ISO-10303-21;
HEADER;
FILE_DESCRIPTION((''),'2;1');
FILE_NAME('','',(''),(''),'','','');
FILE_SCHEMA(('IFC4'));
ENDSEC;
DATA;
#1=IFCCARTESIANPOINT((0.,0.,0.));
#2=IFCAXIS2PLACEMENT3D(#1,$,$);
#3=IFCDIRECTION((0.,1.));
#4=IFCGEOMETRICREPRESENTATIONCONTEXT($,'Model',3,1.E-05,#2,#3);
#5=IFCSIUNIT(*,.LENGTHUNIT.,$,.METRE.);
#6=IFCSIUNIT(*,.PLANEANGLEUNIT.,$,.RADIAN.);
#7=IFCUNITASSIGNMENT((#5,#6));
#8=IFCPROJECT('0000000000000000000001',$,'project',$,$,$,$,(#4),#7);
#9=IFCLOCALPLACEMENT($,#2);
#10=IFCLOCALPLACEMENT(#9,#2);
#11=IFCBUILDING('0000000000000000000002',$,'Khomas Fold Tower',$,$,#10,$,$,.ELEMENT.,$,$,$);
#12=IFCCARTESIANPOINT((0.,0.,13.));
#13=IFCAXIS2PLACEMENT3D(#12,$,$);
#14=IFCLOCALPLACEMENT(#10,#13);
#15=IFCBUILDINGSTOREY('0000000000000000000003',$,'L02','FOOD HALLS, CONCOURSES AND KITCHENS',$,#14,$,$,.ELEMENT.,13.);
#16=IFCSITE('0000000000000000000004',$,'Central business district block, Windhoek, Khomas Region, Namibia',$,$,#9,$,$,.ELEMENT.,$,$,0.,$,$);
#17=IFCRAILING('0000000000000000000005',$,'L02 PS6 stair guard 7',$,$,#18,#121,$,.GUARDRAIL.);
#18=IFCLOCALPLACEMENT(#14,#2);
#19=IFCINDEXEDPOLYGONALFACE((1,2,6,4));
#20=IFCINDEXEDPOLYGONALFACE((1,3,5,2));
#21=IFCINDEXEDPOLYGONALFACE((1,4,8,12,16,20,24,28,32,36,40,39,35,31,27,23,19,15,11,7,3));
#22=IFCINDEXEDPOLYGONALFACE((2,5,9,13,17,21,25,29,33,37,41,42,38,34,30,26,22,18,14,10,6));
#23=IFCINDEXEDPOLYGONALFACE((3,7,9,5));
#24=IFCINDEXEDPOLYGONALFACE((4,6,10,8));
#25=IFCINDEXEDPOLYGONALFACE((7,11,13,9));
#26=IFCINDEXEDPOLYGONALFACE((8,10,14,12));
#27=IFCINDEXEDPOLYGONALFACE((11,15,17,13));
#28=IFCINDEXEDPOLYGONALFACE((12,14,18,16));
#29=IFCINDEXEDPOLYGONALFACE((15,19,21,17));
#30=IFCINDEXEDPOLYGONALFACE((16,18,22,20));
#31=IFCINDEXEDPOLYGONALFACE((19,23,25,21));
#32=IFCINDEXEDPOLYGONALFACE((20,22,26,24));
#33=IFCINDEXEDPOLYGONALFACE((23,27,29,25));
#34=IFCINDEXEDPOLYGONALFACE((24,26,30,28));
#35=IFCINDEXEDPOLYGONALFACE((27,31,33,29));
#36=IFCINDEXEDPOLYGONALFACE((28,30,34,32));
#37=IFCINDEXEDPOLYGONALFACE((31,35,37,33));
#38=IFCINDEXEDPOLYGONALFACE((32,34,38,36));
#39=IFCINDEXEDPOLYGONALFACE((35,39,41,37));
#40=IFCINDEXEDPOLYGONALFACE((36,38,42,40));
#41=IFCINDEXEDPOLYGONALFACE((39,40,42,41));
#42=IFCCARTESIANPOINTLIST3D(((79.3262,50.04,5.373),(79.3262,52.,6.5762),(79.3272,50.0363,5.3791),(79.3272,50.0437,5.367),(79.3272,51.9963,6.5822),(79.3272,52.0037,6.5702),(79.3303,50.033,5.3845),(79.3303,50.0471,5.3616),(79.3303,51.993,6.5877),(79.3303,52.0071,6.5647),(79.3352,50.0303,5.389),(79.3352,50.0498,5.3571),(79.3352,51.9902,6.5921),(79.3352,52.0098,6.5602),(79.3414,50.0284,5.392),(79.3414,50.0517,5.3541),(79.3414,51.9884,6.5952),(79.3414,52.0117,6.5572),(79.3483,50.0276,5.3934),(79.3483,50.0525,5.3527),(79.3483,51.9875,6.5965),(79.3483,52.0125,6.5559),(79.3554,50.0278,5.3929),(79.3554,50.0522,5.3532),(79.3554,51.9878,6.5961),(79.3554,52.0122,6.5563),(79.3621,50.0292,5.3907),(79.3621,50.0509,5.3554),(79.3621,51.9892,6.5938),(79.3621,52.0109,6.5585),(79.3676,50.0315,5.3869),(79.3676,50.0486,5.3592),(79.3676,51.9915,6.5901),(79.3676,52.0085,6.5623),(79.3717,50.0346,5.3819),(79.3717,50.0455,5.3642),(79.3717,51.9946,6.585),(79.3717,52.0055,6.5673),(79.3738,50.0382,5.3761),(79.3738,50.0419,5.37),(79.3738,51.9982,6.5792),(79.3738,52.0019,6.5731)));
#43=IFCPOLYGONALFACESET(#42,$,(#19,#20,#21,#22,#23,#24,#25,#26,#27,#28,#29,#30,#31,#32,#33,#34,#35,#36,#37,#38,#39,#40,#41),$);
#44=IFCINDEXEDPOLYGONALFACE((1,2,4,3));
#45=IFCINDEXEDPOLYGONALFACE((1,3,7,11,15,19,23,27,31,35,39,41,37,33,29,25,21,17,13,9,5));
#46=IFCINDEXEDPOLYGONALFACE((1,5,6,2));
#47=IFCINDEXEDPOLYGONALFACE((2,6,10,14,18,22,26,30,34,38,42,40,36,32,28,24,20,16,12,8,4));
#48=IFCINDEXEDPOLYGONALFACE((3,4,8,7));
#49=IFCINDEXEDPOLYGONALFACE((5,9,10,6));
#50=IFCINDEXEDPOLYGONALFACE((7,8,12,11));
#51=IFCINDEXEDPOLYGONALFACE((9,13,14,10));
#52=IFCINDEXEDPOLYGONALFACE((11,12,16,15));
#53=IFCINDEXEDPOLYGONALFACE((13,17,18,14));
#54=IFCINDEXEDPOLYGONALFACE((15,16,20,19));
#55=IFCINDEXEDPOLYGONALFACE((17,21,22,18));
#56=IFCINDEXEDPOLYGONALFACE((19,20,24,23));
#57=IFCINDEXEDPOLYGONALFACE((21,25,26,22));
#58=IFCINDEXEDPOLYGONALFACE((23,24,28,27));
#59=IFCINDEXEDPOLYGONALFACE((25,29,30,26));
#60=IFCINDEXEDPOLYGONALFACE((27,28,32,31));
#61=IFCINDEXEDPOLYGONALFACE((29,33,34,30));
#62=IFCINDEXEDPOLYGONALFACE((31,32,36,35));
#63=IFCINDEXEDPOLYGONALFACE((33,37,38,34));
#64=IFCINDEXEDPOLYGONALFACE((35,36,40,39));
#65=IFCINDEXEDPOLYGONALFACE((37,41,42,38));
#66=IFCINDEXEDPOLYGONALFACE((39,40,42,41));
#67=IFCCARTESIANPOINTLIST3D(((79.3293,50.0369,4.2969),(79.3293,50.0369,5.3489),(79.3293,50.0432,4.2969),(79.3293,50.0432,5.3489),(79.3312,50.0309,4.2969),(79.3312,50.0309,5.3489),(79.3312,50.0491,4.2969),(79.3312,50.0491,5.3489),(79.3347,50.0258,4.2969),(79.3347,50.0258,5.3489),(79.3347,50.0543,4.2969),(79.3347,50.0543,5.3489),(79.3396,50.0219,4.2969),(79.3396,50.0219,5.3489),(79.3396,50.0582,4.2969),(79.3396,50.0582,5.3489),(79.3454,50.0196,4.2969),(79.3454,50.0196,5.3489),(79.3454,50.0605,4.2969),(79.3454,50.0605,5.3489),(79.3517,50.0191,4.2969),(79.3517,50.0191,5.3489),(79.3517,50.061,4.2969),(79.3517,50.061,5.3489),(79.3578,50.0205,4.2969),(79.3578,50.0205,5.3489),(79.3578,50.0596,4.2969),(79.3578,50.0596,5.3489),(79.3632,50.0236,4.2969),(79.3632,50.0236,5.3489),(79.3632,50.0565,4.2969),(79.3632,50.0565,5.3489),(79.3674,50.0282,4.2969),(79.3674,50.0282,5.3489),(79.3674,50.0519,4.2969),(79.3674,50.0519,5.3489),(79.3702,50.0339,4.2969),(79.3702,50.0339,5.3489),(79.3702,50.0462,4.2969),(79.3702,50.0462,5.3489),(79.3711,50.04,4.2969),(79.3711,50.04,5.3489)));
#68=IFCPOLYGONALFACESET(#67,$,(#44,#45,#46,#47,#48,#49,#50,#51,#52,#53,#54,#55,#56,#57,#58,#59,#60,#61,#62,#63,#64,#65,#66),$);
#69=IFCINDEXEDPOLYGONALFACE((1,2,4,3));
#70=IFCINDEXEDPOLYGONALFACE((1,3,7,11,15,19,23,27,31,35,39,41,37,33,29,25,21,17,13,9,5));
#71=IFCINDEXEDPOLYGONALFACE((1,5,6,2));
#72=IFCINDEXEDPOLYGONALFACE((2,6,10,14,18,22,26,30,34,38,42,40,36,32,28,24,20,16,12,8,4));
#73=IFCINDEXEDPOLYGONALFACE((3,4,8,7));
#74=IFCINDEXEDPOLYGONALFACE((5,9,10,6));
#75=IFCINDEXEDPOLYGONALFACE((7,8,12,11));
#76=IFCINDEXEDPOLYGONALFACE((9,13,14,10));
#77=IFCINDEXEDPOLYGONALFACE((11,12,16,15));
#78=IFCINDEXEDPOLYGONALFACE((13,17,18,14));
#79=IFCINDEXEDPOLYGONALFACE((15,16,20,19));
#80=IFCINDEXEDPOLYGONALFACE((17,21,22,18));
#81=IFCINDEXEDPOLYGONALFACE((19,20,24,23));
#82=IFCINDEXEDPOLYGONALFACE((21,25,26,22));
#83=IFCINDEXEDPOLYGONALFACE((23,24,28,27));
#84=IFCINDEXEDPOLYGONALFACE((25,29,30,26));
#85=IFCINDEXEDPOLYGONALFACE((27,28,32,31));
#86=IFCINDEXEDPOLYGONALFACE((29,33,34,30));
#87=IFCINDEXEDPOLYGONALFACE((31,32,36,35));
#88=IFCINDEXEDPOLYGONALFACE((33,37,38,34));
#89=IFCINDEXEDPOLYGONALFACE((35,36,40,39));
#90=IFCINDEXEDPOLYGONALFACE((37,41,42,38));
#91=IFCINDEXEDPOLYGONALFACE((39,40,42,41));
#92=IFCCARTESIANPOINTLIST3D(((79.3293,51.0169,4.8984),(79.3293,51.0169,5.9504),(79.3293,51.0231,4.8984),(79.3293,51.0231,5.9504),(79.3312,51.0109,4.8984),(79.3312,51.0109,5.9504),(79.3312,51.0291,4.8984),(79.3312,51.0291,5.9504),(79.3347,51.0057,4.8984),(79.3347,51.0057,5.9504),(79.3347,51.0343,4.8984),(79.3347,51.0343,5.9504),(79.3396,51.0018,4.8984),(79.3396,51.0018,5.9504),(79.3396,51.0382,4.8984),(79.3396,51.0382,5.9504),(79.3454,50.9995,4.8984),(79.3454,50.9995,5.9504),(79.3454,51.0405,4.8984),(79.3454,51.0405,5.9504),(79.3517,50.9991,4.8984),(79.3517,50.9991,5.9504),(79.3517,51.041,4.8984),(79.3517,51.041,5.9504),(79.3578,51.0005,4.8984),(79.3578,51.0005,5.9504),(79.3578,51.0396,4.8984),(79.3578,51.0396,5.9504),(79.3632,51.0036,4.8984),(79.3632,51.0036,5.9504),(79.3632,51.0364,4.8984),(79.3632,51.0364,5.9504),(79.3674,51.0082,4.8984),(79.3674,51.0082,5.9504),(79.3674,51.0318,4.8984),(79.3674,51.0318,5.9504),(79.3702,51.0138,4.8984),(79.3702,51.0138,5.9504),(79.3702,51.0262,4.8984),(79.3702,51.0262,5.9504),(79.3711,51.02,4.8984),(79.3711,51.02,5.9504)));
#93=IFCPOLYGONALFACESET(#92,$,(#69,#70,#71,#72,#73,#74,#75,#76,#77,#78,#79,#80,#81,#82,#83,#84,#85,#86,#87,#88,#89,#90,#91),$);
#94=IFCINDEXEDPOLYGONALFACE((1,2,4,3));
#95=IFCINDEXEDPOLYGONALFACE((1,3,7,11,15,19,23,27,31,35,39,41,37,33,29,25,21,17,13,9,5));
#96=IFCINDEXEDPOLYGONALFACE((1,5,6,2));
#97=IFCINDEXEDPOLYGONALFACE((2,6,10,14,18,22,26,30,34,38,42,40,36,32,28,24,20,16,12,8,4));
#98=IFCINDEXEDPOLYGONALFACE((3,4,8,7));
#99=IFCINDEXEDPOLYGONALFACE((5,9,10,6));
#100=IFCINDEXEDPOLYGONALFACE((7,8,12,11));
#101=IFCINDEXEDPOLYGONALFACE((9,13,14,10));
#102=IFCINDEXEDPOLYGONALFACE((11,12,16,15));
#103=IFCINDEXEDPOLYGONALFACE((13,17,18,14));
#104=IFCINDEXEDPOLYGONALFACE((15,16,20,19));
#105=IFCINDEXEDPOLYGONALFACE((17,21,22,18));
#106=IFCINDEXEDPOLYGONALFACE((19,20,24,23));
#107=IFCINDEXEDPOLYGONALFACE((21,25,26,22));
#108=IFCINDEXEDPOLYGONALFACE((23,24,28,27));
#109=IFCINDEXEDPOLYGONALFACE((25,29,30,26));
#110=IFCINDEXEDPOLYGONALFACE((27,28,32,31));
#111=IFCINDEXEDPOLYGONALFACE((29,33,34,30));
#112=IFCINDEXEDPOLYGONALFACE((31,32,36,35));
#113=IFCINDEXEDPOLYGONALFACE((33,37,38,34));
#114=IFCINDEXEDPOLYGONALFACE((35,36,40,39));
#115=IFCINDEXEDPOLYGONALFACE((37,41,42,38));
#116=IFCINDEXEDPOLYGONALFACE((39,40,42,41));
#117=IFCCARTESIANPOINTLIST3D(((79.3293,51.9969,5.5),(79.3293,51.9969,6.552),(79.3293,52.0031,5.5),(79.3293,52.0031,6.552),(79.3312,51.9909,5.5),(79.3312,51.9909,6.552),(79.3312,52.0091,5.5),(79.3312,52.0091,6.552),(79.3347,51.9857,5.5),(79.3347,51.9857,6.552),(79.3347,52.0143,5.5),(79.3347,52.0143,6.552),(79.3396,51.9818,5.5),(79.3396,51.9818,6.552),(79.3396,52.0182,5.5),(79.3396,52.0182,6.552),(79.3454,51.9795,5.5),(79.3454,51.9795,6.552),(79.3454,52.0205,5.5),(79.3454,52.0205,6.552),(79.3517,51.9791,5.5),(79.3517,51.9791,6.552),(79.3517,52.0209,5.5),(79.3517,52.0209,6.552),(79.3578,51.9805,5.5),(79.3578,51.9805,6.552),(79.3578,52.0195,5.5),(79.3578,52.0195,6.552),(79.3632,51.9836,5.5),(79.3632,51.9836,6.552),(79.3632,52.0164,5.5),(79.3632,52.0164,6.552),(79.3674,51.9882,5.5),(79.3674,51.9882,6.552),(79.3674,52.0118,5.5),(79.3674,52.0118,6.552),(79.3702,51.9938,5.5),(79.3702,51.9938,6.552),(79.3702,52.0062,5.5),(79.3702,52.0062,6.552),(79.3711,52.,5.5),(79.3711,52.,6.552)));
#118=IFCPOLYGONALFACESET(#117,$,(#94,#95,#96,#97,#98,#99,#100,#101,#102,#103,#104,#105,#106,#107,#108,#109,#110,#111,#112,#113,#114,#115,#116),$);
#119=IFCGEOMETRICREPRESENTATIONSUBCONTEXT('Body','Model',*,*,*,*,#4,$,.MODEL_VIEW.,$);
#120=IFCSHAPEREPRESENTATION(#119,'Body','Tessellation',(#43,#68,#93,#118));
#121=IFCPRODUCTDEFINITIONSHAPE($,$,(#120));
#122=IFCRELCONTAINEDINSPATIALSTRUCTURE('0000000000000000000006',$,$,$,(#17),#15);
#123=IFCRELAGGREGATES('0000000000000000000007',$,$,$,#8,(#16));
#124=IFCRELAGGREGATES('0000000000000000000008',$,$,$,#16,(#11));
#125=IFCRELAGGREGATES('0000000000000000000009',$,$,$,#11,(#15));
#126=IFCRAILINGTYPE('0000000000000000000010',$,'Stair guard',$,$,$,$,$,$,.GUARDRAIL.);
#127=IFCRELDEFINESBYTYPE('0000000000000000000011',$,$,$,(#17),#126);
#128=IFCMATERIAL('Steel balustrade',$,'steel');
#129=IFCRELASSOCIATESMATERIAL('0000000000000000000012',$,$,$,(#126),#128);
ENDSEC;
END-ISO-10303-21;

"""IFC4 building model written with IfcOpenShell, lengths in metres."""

from ifc_helpers import new_model, si_unit, direction, frame, origin, origin_2d, place, context, subcontext, project, spatial, circle, extrude, source, transform, mapped, material, type_object, element, save


model = new_model("IFC4")

# Units and contexts
model_context = context("Model", 3, precision=1e-05, world=origin(), true_north=direction((0.0, 1.0)))
body_context = subcontext(model_context, "Body", "Model", "MODEL_VIEW")
ifc_project = project(units=[si_unit("LENGTHUNIT", "METRE"), si_unit("PLANEANGLEUNIT", "RADIAN")], contexts=[model_context])

# Site, building, storey
site_placement = place(None, origin())
site = spatial("IfcSite", under=ifc_project, at=site_placement, Name="Central business district block, Windhoek, Khomas Region, Namibia", CompositionType="ELEMENT", RefElevation=0.0)
building_placement = place(site_placement, origin())
building = spatial("IfcBuilding", under=site, at=building_placement, Name="Khomas Fold Tower", CompositionType="ELEMENT")
storey_placement = place(building_placement, frame((0.0, 0.0, 13.0)))
storey = spatial("IfcBuildingStorey", under=building, at=storey_placement, Name="L02", Description="FOOD HALLS, CONCOURSES AND KITCHENS", CompositionType="ELEMENT", Elevation=13.0)

# Railing
ifc_material_1 = material(Name="Steel balustrade", Category="steel")
railing_type_1 = type_object("IfcRailingType", Name="Stair guard", PredefinedType="GUARDRAIL", material=ifc_material_1)
shared_shape_1 = source(origin(), body_context, "Body", "SweptSolid", [
    extrude(circle(Radius=0.0239, at=origin_2d()), frame((0.0, 0.0, 1.0762), z_axis=(0.0, 0.852241, 0.523149), x_axis=(-1.0, 0.0, 0.0)), (0.0, 0.0, 1.0), 2.2998),
    extrude(circle(Radius=0.021, at=origin_2d()), origin(), (0.0, 0.0, 1.0), 1.052),
    extrude(circle(Radius=0.021, at=origin_2d()), frame((0.0, 0.98, 0.6016)), (0.0, 0.0, 1.0), 1.052),
    extrude(circle(Radius=0.021, at=origin_2d()), frame((0.0, 1.96, 1.2031)), (0.0, 0.0, 1.0), 1.052),
])
for number, where, name in (
    (1, (79.3501, 50.04, 4.2969), "L02 PS6 stair guard 7"),
):
    element("IfcRailing", number, at=place(storey_placement, frame(where)), inside=storey, type_object=railing_type_1, Name=name, PredefinedType="GUARDRAIL", context=body_context, shape_type="MappedRepresentation", body=[
        mapped(shared_shape_1, transform((0.0, 0.0, 0.0))),
    ])

save(model, "model.ifc")
